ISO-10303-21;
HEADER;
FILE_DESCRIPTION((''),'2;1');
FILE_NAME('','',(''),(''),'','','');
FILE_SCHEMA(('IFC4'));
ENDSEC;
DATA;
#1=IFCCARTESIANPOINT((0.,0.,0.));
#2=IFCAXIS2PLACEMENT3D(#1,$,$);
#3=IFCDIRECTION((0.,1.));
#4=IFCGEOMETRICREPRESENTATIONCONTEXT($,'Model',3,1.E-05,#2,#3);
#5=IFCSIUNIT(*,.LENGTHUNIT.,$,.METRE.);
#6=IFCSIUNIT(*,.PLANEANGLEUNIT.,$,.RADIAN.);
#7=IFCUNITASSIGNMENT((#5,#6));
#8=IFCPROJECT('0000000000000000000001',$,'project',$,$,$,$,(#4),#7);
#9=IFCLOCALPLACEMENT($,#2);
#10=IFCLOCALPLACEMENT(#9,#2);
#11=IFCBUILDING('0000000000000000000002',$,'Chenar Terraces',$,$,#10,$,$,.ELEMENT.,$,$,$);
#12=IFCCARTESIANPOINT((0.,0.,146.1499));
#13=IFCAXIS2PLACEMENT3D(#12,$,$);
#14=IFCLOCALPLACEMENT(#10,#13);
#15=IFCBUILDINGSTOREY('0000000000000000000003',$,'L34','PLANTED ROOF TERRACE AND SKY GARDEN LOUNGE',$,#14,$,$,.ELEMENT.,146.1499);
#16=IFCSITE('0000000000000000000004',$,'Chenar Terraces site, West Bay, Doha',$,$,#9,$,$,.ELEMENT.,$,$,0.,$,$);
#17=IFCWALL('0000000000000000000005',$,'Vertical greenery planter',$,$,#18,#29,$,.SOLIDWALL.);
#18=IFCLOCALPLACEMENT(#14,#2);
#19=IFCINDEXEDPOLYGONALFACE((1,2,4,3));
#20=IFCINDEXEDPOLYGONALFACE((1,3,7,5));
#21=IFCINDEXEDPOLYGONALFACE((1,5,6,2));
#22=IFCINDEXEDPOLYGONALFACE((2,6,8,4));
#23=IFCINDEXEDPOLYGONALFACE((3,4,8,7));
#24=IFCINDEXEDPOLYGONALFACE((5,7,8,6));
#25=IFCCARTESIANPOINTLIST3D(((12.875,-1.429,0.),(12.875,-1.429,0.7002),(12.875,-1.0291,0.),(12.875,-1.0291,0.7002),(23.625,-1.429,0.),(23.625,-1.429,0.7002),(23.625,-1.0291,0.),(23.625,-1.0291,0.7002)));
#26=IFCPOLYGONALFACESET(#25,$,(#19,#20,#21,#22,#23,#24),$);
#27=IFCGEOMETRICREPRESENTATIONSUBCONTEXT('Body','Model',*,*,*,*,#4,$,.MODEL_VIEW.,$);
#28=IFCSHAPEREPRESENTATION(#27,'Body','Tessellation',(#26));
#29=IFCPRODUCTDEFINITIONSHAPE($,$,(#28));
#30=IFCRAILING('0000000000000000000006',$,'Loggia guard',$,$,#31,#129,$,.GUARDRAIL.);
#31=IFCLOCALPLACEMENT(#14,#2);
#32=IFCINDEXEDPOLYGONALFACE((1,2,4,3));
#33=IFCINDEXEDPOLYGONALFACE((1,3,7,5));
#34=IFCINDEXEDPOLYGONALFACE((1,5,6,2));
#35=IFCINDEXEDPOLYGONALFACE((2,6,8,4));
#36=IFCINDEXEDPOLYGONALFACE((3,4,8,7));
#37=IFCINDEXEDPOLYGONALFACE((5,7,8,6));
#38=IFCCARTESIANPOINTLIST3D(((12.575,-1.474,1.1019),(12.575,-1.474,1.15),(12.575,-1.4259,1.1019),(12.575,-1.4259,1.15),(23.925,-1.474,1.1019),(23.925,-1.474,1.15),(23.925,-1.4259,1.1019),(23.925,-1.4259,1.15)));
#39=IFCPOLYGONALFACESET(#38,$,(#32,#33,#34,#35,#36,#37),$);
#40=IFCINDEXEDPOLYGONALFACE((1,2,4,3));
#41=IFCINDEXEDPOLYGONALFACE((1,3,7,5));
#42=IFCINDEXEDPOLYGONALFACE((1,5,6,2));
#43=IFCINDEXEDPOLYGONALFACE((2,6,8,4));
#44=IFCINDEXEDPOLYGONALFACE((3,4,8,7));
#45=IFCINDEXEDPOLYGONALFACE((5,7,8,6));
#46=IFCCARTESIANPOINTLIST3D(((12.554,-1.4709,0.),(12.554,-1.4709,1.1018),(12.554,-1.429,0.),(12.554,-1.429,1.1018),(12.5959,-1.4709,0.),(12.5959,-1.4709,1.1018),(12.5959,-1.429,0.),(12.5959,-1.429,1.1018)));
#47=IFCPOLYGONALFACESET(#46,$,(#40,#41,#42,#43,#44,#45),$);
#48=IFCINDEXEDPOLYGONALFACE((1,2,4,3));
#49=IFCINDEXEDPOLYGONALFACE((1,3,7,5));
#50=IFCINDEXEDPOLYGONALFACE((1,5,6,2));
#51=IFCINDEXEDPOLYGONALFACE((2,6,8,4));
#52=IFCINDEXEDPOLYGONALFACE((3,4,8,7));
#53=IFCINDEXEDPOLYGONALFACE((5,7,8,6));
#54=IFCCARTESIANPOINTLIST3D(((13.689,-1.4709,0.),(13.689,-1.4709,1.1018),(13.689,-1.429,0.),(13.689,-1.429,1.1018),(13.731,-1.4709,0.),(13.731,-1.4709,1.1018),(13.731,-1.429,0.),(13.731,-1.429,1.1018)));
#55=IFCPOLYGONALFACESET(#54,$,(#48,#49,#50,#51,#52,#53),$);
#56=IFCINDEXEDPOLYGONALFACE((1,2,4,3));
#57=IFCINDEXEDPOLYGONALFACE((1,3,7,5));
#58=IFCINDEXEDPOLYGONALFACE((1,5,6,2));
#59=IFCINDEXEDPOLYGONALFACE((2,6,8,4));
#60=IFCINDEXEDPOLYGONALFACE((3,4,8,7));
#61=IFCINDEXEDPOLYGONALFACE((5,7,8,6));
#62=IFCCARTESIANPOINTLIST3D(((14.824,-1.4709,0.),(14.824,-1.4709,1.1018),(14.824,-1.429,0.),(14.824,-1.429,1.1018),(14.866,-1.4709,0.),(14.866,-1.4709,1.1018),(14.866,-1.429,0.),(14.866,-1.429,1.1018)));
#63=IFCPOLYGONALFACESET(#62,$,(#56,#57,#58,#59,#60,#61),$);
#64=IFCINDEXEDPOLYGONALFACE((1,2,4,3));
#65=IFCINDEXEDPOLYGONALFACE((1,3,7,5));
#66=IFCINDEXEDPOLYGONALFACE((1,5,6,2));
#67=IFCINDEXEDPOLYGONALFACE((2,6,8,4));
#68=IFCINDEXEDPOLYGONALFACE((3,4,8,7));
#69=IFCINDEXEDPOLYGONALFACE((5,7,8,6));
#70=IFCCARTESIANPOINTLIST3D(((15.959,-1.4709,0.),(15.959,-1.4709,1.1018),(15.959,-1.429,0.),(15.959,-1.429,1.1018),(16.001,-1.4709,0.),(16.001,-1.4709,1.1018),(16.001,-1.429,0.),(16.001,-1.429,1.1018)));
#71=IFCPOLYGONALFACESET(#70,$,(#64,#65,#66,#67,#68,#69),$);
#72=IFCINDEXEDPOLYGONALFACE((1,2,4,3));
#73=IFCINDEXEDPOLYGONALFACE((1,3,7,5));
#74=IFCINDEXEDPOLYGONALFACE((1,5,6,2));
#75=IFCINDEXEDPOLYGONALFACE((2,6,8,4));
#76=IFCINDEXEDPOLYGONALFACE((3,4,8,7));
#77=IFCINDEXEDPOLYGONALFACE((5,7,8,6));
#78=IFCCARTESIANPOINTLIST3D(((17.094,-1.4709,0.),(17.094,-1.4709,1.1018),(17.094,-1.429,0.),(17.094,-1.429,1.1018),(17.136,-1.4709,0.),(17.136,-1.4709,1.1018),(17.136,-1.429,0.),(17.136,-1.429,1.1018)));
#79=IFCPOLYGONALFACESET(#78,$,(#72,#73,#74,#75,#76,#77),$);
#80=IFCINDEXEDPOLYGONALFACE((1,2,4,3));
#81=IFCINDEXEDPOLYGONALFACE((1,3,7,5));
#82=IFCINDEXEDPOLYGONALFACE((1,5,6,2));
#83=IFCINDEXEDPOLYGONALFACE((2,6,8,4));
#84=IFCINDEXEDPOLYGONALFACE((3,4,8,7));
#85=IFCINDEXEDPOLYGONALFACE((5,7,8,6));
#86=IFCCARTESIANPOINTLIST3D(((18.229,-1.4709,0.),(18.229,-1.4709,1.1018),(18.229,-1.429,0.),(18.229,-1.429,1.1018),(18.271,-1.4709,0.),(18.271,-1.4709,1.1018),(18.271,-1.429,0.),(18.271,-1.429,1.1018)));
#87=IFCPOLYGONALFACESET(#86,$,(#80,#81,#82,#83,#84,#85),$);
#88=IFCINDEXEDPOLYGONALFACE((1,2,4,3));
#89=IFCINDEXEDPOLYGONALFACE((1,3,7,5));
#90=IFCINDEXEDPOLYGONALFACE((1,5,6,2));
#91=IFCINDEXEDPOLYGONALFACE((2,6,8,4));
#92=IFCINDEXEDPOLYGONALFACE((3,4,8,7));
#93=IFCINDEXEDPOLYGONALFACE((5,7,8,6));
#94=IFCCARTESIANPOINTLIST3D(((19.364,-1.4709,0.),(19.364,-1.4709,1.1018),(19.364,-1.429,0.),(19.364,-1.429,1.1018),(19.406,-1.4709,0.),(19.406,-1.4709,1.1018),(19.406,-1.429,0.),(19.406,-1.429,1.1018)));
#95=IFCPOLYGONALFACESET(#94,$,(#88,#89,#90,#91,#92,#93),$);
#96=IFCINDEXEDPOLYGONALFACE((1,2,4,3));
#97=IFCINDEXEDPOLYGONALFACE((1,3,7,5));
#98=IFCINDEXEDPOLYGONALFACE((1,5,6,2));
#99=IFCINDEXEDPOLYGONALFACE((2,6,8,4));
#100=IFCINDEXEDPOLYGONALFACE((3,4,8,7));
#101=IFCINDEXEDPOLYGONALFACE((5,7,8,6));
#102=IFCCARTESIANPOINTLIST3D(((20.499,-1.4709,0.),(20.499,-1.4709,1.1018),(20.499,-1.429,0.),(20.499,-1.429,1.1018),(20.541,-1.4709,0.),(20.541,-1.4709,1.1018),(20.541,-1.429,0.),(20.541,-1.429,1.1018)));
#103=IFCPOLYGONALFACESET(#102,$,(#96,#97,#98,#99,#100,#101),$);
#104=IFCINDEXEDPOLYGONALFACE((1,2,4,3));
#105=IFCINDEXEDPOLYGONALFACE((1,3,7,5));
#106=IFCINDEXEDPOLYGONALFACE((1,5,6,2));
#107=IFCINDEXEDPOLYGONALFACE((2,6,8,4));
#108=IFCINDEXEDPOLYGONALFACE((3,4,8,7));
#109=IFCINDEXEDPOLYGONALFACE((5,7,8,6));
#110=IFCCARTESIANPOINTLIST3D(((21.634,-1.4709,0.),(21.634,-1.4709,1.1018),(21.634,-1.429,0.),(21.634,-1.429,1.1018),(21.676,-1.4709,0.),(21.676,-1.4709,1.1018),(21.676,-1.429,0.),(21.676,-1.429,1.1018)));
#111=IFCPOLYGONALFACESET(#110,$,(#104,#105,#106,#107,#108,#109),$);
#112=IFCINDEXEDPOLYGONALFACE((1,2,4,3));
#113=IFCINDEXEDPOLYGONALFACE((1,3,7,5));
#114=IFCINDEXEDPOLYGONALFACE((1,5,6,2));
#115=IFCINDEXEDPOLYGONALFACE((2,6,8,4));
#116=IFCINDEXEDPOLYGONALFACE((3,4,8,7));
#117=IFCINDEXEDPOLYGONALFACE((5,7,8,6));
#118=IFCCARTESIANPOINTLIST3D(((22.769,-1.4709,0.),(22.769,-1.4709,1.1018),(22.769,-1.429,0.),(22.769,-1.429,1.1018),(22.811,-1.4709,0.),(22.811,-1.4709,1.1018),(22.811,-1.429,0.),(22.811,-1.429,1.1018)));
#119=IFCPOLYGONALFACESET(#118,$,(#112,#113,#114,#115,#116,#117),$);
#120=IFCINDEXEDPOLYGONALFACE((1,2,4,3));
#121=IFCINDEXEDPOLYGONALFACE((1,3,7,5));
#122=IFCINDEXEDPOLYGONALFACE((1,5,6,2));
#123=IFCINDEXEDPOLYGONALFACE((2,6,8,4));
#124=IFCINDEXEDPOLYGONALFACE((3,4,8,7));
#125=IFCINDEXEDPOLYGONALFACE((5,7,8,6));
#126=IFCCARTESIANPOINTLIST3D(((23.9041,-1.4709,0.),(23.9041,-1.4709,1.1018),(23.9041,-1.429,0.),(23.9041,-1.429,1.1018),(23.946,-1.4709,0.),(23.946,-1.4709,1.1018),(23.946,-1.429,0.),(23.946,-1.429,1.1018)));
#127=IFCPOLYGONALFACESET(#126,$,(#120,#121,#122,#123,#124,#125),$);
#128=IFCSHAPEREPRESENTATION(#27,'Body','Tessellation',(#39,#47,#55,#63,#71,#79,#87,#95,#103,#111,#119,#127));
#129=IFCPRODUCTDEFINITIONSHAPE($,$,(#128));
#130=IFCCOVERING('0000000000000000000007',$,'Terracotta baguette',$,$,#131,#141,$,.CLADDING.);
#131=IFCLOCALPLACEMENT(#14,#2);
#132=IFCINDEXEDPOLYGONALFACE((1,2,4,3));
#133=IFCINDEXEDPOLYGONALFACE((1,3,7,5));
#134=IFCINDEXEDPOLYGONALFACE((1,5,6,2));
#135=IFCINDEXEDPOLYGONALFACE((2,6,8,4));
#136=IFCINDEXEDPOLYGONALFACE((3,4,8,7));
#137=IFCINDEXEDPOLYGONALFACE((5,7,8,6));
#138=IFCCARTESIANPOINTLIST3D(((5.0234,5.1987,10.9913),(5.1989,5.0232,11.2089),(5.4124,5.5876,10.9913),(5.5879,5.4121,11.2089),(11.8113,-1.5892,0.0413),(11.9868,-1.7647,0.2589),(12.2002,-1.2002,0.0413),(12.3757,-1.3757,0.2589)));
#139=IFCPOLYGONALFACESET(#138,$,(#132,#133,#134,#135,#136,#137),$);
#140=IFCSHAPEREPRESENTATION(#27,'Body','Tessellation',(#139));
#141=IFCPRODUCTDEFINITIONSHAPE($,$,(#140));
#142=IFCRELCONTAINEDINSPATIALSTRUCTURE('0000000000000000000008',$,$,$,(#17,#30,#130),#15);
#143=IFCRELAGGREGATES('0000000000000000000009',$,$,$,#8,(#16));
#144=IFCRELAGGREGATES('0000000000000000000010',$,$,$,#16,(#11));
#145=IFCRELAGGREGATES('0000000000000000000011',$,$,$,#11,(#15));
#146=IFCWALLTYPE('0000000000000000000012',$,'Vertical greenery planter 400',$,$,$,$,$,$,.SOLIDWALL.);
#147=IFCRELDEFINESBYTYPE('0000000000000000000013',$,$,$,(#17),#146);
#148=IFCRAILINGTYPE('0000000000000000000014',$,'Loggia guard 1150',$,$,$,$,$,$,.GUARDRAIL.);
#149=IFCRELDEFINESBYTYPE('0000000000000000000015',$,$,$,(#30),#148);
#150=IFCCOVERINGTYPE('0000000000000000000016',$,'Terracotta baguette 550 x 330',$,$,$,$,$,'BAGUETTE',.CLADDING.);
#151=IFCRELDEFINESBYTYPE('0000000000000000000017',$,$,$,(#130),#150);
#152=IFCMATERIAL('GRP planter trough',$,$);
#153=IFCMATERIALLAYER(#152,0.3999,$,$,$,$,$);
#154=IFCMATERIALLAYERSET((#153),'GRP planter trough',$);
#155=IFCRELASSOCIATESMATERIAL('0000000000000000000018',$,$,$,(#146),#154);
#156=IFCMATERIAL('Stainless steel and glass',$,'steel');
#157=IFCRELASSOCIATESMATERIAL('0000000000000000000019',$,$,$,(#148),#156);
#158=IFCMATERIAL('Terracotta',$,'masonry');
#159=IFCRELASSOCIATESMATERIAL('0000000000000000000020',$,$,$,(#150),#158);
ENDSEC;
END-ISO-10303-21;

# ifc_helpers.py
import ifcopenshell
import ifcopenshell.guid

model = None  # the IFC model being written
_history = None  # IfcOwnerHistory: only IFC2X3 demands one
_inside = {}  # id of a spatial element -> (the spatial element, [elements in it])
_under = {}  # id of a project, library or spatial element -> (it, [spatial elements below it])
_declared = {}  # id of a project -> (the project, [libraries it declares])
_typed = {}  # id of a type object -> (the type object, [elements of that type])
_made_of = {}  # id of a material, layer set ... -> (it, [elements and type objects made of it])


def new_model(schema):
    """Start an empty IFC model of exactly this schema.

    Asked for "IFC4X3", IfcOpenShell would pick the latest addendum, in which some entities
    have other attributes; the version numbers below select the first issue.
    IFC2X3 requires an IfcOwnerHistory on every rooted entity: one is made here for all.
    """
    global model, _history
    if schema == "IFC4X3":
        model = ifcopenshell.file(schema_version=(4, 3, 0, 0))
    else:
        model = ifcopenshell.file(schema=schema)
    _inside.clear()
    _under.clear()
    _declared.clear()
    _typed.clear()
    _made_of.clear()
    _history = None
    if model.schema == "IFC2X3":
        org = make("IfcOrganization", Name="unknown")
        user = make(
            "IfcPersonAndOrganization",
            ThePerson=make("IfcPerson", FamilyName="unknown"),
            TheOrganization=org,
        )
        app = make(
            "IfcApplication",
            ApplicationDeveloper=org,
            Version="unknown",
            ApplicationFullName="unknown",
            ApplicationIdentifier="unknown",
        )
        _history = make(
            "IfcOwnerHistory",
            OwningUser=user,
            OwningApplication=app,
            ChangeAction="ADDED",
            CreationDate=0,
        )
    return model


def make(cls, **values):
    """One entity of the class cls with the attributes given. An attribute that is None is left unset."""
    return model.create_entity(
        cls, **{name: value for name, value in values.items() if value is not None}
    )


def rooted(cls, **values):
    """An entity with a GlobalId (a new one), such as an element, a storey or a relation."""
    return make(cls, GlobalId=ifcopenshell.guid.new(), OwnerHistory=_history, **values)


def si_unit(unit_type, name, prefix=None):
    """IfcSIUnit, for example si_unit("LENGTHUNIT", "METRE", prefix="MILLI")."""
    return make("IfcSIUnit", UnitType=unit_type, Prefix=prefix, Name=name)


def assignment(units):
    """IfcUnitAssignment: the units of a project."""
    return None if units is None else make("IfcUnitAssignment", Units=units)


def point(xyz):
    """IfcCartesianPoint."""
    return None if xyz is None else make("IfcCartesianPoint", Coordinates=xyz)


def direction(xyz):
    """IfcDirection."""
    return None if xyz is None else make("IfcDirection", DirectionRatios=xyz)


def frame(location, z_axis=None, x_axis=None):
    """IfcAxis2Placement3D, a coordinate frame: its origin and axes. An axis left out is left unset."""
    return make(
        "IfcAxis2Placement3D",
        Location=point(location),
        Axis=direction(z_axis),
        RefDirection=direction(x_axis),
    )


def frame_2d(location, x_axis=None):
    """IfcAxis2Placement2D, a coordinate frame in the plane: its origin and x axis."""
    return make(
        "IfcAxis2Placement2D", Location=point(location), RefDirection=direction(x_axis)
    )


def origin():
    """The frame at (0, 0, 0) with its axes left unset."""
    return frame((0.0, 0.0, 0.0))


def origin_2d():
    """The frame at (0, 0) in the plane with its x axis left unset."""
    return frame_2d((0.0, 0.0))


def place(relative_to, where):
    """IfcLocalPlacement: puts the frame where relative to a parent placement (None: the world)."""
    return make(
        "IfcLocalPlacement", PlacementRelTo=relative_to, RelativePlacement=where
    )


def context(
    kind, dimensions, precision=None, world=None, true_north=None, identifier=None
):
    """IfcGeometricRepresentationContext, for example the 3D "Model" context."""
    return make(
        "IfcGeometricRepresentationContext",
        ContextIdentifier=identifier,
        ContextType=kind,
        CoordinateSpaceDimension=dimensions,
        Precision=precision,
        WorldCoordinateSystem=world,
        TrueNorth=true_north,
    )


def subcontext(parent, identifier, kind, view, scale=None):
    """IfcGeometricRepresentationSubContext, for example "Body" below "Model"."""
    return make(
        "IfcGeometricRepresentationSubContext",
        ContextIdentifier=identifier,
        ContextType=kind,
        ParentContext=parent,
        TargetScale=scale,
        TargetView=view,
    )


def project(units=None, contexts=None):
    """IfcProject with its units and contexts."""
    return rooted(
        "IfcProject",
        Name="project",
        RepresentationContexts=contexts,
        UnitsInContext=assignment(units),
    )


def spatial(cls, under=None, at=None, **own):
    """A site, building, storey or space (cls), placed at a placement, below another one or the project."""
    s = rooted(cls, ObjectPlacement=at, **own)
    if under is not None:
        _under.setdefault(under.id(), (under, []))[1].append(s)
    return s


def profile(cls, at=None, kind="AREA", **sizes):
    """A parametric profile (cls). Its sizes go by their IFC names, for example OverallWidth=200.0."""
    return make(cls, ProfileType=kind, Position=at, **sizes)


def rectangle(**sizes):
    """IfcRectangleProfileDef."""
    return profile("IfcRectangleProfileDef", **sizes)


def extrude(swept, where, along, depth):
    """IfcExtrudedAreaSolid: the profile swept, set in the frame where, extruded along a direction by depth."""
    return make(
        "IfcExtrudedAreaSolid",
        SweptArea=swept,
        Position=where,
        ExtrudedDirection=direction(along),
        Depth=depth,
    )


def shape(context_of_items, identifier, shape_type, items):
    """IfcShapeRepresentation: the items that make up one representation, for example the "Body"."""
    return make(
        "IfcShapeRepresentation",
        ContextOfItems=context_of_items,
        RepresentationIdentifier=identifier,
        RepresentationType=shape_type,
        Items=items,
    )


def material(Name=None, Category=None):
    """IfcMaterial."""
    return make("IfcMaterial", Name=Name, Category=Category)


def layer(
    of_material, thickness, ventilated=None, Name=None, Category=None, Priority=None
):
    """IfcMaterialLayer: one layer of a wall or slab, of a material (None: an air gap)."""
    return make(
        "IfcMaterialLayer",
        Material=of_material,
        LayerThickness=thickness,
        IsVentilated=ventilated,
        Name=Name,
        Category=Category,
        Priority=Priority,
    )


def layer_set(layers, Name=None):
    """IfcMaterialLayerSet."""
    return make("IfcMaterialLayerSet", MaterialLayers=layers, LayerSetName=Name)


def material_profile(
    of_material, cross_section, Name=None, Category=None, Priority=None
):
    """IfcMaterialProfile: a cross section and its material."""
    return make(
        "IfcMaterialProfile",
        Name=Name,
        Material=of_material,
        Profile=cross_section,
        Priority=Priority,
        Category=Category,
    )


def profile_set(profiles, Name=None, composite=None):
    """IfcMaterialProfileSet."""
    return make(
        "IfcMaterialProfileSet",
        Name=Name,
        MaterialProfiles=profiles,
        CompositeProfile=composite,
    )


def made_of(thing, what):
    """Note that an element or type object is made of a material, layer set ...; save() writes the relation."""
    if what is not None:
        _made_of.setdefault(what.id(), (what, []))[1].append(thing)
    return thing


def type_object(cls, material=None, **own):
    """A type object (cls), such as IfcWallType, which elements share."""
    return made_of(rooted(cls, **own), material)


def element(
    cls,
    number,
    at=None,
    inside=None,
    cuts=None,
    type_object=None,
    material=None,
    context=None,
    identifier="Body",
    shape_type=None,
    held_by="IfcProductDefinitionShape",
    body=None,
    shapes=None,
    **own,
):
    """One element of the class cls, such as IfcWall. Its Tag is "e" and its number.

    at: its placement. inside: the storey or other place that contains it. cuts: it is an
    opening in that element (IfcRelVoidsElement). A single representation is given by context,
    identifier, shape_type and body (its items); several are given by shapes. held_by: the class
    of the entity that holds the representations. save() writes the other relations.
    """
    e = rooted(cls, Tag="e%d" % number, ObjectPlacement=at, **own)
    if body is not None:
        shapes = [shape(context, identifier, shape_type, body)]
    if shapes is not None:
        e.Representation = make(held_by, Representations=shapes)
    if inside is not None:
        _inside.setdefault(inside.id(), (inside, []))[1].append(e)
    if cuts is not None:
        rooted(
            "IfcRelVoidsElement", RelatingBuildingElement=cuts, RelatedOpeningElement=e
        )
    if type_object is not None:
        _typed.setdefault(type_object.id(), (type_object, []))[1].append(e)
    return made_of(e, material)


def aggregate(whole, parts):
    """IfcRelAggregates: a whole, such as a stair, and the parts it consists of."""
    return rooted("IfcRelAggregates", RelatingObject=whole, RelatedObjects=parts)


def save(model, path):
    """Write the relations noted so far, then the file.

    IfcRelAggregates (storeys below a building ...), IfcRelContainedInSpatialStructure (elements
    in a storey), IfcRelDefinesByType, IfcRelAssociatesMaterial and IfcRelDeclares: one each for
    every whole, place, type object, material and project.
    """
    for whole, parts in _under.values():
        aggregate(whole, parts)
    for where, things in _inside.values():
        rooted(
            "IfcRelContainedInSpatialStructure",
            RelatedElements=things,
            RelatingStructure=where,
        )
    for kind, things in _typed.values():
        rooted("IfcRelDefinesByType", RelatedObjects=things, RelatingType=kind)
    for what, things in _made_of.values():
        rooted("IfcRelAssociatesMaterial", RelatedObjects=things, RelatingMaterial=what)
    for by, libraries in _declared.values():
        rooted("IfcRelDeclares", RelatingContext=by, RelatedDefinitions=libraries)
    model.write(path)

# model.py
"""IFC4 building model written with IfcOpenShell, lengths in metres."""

from ifc_helpers import new_model, si_unit, direction, frame, frame_2d, origin, origin_2d, place, context, subcontext, project, spatial, rectangle, extrude, material, layer, layer_set, material_profile, profile_set, type_object, element, save


model = new_model("IFC4")

# Units and contexts
model_context = context("Model", 3, precision=1e-05, world=origin(), true_north=direction((0.0, 1.0)))
body_context = subcontext(model_context, "Body", "Model", "MODEL_VIEW")
ifc_project = project(units=[si_unit("LENGTHUNIT", "METRE"), si_unit("PLANEANGLEUNIT", "RADIAN")], contexts=[model_context])

# Site, building, storey
site_placement = place(None, origin())
site = spatial("IfcSite", under=ifc_project, at=site_placement, Name="Chenar Terraces site, West Bay, Doha", CompositionType="ELEMENT", RefElevation=0.0)
building_placement = place(site_placement, origin())
building = spatial("IfcBuilding", under=site, at=building_placement, Name="Chenar Terraces", CompositionType="ELEMENT")
storey_placement = place(building_placement, frame((0.0, 0.0, 146.1499)))
storey = spatial("IfcBuildingStorey", under=building, at=storey_placement, Name="L34", Description="PLANTED ROOF TERRACE AND SKY GARDEN LOUNGE", CompositionType="ELEMENT", Elevation=146.1499)

# Wall
ifc_material_1 = material(Name="GRP planter trough")
ifc_layer_1 = layer(ifc_material_1, 0.3999)
ifc_layer_set_1 = layer_set([ifc_layer_1], Name="GRP planter trough")
wall_type_1 = type_object("IfcWallType", Name="Vertical greenery planter 400", PredefinedType="SOLIDWALL", material=ifc_layer_set_1)
wall_1_placement = place(storey_placement, frame((12.875, -1.229, 0.0), z_axis=(0.0, 0.0, 1.0), x_axis=(1.0, 0.0, 0.0)))
element("IfcWall", 1, at=wall_1_placement, inside=storey, type_object=wall_type_1, Name="Vertical greenery planter", PredefinedType="SOLIDWALL", context=body_context, shape_type="SweptSolid", body=[
    extrude(rectangle(XDim=10.75, YDim=0.3999, at=frame_2d((5.375, 0.0))), origin(), (0.0, 0.0, 1.0), 0.7002),
])

# Railing
ifc_material_2 = material(Name="Stainless steel and glass", Category="steel")
railing_type = type_object("IfcRailingType", Name="Loggia guard 1150", PredefinedType="GUARDRAIL", material=ifc_material_2)
railing_placement = place(storey_placement, frame((12.575, -1.45, 0.0)))
element("IfcRailing", 2, at=railing_placement, inside=storey, type_object=railing_type, Name="Loggia guard", PredefinedType="GUARDRAIL", context=body_context, shape_type="SweptSolid", body=[
    extrude(rectangle(XDim=0.0481, YDim=0.0481, at=origin_2d()), frame((0.0, 0.0, 1.126), z_axis=(1.0, 0.0, 0.0), x_axis=(0.0, 1.0, 0.0)), (0.0, 0.0, 1.0), 11.3501),
    extrude(rectangle(XDim=0.042, YDim=0.042, at=origin_2d()), origin(), (0.0, 0.0, 1.0), 1.1018),
    extrude(rectangle(XDim=0.042, YDim=0.042, at=origin_2d()), frame((1.135, 0.0, 0.0)), (0.0, 0.0, 1.0), 1.1018),
    extrude(rectangle(XDim=0.042, YDim=0.042, at=origin_2d()), frame((2.27, 0.0, 0.0)), (0.0, 0.0, 1.0), 1.1018),
    extrude(rectangle(XDim=0.042, YDim=0.042, at=origin_2d()), frame((3.405, 0.0, 0.0)), (0.0, 0.0, 1.0), 1.1018),
    extrude(rectangle(XDim=0.042, YDim=0.042, at=origin_2d()), frame((4.54, 0.0, 0.0)), (0.0, 0.0, 1.0), 1.1018),
    extrude(rectangle(XDim=0.042, YDim=0.042, at=origin_2d()), frame((5.675, 0.0, 0.0)), (0.0, 0.0, 1.0), 1.1018),
    extrude(rectangle(XDim=0.042, YDim=0.042, at=origin_2d()), frame((6.8101, 0.0, 0.0)), (0.0, 0.0, 1.0), 1.1018),
    extrude(rectangle(XDim=0.042, YDim=0.042, at=origin_2d()), frame((7.9451, 0.0, 0.0)), (0.0, 0.0, 1.0), 1.1018),
    extrude(rectangle(XDim=0.042, YDim=0.042, at=origin_2d()), frame((9.0801, 0.0, 0.0)), (0.0, 0.0, 1.0), 1.1018),
    extrude(rectangle(XDim=0.042, YDim=0.042, at=origin_2d()), frame((10.2151, 0.0, 0.0)), (0.0, 0.0, 1.0), 1.1018),
    extrude(rectangle(XDim=0.042, YDim=0.042, at=origin_2d()), frame((11.3501, 0.0, 0.0)), (0.0, 0.0, 1.0), 1.1018),
])

# Covering
ifc_material_3 = material(Name="Terracotta", Category="masonry")
ifc_material_profile = material_profile(ifc_material_3, rectangle(XDim=0.55, YDim=0.3301, at=origin_2d()), Name="Terracotta baguette 550 x 330")
ifc_profile_set = profile_set([ifc_material_profile], Name="Terracotta")
covering_type = type_object("IfcCoveringType", Name="Terracotta baguette 550 x 330", ElementType="BAGUETTE", PredefinedType="CLADDING", material=ifc_profile_set)
covering_placement = place(storey_placement, frame((5.3057, 5.3054, 11.1001), z_axis=(0.466135, -0.466135, -0.751955), x_axis=(0.707107, 0.707107, 0.0)))
element("IfcCovering", 3, at=covering_placement, inside=storey, type_object=covering_type, Name="Terracotta baguette", PredefinedType="CLADDING", context=body_context, shape_type="SweptSolid", body=[
    extrude(rectangle(XDim=0.55, YDim=0.3301, at=origin_2d()), origin(), (0.0, 0.0, 1.0), 14.562),
])

save(model, "model.ifc")
